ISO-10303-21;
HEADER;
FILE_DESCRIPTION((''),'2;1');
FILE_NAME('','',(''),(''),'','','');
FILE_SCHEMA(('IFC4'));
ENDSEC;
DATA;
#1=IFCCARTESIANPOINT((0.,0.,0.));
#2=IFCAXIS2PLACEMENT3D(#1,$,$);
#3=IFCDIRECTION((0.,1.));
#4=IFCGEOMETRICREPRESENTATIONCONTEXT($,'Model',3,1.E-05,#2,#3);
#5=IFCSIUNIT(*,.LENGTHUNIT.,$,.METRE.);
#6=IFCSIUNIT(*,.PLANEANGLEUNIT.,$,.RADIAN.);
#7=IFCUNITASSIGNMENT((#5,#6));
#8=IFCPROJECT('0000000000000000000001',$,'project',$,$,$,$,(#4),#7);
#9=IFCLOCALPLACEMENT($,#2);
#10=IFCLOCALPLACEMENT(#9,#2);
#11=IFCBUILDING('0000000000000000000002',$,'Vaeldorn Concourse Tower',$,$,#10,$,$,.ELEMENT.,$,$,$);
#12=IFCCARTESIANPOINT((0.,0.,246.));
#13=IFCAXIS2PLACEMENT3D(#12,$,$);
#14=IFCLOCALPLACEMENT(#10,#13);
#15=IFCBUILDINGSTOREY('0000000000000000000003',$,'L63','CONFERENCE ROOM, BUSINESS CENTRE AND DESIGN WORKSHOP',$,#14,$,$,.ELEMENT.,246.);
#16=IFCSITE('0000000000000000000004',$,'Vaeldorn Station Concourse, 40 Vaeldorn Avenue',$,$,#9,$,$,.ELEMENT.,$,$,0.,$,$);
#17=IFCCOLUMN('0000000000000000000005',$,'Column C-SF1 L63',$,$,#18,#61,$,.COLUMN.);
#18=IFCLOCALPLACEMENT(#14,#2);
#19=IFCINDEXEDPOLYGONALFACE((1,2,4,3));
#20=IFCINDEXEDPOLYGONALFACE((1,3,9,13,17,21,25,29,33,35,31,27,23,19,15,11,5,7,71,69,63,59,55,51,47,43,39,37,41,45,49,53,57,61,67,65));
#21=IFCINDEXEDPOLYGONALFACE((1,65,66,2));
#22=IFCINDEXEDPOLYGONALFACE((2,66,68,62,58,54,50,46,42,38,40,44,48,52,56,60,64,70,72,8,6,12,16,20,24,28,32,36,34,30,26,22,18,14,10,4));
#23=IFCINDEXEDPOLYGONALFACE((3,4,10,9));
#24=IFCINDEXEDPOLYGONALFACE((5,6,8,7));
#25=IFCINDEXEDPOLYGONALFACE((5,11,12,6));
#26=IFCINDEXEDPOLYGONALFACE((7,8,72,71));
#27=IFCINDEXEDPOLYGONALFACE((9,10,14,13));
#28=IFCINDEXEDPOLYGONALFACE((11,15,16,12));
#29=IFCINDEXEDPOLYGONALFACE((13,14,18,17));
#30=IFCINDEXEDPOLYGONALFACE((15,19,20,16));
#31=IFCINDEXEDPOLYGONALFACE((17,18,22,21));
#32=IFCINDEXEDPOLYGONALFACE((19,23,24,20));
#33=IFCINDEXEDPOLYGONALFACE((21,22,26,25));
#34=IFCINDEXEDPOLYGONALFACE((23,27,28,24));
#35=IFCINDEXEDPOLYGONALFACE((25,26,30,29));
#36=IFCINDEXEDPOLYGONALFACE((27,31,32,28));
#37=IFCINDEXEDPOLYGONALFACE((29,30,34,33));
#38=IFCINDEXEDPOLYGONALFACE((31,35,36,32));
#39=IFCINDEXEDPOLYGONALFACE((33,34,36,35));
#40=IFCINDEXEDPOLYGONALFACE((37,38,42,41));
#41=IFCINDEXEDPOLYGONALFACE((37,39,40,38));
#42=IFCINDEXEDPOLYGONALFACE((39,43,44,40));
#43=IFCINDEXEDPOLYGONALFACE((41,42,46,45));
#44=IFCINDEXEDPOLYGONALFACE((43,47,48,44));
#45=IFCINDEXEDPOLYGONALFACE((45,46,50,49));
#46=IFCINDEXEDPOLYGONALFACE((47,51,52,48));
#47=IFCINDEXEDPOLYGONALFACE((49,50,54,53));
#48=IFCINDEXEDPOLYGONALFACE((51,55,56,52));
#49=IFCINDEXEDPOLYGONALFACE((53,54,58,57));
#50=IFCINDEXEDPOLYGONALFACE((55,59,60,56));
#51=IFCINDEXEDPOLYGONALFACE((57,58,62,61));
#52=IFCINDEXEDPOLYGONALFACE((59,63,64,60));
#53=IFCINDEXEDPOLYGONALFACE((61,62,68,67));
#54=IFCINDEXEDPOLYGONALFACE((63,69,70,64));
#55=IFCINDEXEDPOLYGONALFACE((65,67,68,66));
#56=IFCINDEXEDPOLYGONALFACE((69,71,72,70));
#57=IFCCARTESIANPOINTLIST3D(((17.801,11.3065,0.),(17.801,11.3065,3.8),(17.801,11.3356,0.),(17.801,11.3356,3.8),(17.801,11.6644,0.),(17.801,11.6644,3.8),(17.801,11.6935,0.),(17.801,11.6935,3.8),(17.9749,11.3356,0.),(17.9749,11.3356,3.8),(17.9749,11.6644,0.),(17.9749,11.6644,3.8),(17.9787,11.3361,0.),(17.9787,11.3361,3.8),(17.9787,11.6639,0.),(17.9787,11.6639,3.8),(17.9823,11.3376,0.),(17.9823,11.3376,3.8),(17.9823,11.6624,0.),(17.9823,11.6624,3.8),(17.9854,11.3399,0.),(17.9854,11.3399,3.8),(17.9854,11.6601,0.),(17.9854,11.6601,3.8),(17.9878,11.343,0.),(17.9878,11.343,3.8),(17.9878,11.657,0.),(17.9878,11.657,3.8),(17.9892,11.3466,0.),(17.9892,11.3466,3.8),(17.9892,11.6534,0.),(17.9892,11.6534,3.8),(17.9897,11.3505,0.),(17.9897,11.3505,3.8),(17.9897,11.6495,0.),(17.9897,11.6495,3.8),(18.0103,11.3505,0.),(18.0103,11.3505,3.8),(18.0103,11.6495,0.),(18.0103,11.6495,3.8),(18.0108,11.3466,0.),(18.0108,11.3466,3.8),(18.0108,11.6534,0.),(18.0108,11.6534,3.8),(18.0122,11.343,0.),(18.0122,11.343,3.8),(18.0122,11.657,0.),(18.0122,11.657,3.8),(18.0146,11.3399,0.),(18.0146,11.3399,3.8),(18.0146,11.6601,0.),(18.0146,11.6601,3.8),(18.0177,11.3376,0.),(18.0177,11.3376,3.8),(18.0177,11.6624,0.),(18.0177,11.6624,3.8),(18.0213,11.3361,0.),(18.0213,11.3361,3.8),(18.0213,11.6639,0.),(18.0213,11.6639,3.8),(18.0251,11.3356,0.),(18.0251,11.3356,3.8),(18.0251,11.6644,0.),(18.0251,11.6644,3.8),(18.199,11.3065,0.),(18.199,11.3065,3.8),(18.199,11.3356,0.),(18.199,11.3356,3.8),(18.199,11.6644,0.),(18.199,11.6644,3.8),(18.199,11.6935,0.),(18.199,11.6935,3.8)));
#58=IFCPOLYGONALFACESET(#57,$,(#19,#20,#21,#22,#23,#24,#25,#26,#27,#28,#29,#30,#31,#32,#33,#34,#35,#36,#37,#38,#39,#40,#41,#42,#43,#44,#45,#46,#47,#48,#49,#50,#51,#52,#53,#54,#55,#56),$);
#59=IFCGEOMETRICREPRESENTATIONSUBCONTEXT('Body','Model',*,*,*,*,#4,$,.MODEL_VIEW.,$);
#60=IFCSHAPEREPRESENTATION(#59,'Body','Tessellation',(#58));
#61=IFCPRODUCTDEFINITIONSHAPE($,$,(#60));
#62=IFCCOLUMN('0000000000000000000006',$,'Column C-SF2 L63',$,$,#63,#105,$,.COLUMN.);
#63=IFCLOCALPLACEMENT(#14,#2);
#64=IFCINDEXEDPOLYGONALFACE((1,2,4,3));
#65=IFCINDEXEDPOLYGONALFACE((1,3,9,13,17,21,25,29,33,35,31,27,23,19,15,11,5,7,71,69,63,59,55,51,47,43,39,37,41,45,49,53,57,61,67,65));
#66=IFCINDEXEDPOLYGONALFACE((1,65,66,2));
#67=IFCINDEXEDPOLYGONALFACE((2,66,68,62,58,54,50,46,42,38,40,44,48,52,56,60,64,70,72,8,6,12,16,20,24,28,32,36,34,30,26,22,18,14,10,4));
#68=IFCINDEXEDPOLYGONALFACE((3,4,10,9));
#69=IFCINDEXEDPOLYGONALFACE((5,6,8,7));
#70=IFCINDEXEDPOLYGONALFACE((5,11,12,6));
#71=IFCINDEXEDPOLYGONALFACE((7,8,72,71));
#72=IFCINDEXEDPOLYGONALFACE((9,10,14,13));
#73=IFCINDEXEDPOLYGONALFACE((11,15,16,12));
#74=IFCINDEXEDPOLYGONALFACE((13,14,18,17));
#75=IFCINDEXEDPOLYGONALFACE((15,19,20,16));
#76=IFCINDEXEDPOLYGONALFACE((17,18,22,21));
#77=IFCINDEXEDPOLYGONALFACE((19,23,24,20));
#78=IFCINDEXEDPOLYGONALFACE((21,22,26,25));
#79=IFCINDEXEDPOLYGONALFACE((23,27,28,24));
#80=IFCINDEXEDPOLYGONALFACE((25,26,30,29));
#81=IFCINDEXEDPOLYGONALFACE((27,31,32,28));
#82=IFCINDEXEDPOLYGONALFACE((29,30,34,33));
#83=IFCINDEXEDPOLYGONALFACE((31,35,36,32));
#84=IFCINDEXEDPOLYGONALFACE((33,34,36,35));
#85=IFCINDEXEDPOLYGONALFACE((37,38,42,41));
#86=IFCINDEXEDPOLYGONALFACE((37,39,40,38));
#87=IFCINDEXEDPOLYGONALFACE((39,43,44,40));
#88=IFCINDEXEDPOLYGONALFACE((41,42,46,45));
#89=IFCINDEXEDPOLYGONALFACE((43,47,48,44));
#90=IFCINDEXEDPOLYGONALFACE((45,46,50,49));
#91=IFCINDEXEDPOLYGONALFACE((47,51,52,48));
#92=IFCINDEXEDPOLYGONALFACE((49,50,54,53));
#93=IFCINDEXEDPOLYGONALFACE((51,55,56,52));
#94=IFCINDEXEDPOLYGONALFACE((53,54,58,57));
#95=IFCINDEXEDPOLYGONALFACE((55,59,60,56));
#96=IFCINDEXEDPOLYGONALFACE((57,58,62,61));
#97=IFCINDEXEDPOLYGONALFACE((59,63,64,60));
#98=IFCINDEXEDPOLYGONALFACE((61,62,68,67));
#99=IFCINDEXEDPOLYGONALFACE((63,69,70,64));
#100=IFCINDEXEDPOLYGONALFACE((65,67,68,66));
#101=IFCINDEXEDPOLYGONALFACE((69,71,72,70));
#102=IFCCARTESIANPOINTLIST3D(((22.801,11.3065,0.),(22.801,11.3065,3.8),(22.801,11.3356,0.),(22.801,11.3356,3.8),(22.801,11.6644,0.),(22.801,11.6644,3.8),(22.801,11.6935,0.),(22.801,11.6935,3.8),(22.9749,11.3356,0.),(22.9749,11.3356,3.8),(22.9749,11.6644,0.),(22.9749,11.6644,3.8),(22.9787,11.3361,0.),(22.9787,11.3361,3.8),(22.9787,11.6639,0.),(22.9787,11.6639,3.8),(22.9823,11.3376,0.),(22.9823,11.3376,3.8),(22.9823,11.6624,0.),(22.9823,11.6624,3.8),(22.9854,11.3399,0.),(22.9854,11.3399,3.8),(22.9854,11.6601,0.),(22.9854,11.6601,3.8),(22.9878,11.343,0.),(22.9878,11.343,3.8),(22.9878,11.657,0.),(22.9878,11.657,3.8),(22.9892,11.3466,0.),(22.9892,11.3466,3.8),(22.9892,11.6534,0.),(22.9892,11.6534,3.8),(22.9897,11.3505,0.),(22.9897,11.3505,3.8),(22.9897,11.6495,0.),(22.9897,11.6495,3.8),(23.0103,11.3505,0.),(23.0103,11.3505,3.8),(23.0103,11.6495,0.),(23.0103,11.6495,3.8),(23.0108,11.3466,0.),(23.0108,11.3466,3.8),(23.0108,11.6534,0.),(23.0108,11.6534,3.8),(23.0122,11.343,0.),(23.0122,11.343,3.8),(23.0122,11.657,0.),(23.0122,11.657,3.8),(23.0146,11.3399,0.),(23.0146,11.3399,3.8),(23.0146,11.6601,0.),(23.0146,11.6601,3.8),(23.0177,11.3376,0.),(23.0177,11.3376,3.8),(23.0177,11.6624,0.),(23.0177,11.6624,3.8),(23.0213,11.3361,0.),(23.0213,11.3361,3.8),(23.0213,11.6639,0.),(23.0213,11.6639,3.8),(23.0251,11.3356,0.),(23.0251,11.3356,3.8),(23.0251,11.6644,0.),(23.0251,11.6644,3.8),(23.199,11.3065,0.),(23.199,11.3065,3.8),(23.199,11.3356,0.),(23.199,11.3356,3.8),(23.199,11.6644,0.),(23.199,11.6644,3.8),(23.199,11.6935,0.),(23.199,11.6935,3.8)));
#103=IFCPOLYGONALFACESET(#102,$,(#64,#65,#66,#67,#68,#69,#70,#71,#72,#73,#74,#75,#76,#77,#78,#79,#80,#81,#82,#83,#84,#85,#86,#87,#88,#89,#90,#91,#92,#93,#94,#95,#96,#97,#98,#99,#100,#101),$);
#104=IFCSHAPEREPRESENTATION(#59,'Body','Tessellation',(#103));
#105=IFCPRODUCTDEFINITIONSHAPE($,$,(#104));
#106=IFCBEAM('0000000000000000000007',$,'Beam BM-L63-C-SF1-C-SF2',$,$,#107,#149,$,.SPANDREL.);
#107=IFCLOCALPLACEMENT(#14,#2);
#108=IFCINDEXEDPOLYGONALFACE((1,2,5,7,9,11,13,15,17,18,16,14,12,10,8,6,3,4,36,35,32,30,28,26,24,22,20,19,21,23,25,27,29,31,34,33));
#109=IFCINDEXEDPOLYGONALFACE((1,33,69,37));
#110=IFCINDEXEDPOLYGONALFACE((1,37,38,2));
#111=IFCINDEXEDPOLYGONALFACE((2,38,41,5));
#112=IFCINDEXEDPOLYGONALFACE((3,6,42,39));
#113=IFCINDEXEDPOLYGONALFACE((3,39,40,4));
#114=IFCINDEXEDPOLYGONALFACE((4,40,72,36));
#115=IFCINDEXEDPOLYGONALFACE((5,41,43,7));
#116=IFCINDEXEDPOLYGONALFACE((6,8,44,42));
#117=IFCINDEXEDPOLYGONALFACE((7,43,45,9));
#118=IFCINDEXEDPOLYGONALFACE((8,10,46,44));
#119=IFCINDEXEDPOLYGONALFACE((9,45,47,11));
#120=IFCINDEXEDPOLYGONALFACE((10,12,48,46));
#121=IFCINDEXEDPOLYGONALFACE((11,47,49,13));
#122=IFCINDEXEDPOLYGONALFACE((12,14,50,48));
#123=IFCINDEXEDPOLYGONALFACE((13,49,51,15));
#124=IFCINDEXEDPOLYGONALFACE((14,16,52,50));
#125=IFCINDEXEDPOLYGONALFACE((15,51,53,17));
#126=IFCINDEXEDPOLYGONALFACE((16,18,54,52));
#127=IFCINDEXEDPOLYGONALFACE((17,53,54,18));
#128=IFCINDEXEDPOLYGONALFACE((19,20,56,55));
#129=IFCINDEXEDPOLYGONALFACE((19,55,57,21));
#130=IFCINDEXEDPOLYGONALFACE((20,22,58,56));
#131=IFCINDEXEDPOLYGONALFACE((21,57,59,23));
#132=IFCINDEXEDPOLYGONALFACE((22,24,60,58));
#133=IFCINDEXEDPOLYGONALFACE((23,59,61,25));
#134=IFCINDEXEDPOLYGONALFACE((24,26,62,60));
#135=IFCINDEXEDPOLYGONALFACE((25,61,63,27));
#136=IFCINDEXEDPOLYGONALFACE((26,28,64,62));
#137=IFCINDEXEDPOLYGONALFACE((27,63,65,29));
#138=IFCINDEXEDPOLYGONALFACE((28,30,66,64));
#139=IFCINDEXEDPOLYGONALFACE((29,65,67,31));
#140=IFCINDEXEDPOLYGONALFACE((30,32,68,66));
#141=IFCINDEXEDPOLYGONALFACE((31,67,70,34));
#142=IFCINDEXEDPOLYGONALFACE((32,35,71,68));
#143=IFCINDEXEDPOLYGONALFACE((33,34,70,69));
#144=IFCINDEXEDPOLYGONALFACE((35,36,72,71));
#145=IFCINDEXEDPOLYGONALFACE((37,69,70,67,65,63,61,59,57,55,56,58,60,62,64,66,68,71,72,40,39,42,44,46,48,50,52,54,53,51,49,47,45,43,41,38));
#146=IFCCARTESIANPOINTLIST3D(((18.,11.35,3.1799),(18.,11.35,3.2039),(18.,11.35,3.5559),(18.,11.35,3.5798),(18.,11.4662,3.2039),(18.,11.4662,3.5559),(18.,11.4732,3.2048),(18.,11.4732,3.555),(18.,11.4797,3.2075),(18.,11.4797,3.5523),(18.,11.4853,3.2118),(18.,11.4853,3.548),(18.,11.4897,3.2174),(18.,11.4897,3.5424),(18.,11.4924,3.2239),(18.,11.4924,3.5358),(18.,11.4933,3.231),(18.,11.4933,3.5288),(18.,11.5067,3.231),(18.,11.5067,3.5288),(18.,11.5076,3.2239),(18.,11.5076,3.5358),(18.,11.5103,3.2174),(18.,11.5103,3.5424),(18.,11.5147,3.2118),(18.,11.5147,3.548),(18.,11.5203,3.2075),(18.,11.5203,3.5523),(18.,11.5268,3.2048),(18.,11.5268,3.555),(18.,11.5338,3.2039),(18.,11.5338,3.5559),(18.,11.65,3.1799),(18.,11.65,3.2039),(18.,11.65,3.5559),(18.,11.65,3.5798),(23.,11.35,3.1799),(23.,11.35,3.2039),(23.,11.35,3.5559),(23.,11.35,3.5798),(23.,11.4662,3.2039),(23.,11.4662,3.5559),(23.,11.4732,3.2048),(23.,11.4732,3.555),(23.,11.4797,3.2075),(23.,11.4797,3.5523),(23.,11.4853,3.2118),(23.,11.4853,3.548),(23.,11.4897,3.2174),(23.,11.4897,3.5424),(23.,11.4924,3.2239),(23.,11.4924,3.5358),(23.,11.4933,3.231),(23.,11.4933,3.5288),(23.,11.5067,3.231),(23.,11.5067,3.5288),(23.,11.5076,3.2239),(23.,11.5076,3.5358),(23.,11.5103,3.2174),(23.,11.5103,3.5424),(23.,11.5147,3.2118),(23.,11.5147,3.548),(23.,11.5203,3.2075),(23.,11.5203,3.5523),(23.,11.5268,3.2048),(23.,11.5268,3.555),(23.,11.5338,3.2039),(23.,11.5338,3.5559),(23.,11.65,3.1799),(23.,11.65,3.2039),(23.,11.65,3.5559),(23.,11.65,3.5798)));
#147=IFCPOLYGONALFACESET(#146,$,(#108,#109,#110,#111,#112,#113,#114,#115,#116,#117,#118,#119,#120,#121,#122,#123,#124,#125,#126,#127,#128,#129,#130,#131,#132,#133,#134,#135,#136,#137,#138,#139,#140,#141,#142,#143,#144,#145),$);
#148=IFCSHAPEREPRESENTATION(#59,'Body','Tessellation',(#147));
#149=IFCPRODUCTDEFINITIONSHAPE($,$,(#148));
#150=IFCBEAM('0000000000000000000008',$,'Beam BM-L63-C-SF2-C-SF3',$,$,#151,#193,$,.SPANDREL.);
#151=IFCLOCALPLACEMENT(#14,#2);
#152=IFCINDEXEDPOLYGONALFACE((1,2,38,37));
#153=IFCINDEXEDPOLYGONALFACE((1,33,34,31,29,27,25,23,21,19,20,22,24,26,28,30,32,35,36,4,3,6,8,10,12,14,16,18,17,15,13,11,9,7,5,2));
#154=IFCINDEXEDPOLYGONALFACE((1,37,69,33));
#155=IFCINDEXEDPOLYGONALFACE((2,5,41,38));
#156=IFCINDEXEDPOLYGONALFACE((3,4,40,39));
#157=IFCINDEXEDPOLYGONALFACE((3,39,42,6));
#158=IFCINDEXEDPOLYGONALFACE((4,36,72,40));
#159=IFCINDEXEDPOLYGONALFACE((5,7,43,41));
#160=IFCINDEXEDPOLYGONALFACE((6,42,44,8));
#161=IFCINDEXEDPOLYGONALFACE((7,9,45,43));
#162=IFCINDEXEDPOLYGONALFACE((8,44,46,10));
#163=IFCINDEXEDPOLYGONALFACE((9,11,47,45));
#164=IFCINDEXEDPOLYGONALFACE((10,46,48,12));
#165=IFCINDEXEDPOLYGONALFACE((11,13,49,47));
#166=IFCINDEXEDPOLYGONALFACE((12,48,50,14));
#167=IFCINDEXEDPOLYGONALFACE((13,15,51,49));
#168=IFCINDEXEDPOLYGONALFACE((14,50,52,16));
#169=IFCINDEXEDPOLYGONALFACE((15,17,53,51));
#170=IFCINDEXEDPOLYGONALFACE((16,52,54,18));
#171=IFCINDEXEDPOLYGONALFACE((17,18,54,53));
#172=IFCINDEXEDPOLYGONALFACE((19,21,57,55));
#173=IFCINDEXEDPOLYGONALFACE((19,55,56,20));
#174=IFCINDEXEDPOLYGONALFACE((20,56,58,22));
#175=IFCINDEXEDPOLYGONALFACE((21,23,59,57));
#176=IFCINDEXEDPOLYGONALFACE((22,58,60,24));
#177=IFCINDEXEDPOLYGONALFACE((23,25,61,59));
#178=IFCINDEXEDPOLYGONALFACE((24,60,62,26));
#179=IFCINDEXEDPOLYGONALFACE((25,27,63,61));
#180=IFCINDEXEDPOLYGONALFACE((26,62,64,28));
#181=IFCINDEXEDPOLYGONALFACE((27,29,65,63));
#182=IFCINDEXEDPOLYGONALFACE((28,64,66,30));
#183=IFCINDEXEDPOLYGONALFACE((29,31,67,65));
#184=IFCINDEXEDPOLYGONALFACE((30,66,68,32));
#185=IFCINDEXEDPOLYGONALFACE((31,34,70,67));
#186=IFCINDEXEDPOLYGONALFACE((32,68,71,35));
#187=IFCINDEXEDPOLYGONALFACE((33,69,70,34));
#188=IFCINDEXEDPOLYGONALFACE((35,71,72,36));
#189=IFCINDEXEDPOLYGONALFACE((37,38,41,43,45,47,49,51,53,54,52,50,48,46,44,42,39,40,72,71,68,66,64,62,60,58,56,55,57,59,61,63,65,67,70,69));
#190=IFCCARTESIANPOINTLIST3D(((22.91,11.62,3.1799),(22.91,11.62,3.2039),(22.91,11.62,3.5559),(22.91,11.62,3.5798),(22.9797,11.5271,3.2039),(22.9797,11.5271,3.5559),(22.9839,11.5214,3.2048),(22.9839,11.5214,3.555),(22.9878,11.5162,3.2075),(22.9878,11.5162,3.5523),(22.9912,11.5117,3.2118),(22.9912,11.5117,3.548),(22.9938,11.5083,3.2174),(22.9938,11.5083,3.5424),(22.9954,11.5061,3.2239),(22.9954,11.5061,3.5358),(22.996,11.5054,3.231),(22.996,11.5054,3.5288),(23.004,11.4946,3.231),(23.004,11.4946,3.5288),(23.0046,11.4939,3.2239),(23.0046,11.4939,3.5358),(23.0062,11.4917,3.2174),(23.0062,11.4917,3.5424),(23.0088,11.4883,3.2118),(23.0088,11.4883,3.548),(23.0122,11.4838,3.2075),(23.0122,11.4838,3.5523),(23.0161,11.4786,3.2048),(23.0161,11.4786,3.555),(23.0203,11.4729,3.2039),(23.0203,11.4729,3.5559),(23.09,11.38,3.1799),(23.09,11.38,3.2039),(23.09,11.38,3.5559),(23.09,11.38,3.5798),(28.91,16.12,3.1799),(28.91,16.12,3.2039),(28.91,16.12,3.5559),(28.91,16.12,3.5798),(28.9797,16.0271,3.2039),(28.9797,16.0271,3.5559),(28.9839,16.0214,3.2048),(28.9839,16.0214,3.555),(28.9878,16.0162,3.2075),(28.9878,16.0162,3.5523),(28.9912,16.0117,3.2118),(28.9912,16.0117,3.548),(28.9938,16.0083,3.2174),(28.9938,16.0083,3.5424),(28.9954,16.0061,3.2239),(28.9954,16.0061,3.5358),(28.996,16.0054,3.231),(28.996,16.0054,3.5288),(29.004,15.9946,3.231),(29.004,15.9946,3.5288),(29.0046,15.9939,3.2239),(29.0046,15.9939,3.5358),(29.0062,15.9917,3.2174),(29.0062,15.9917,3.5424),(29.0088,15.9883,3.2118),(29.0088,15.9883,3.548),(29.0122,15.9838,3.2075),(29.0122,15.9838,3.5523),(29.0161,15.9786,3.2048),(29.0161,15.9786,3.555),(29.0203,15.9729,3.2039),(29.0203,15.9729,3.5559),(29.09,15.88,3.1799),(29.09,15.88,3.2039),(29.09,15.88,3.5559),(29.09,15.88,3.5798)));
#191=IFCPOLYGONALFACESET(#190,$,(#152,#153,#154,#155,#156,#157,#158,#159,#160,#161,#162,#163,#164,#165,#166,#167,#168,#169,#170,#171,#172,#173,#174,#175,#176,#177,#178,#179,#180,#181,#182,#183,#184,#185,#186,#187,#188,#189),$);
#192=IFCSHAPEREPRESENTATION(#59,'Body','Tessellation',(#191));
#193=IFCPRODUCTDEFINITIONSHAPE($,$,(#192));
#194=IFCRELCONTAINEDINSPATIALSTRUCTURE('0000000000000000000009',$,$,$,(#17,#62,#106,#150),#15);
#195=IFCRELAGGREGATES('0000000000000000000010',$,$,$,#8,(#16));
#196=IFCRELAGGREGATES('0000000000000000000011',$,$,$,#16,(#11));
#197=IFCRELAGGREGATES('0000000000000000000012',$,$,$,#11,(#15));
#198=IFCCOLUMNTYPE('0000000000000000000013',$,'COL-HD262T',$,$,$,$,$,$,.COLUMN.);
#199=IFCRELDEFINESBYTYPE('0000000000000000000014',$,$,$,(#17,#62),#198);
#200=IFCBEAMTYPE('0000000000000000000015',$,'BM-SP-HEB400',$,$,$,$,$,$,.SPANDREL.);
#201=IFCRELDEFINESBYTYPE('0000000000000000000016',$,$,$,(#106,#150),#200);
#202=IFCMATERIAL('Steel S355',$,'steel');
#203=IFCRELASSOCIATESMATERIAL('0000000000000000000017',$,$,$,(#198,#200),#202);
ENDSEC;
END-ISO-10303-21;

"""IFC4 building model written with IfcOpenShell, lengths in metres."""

from ifc_helpers import new_model, si_unit, direction, frame, origin, origin_2d, place, context, subcontext, project, spatial, i_section, extrude, source, transform, mapped, material, material_profile, profile_set, type_object, element, save


model = new_model("IFC4")

# Units and contexts
model_context = context("Model", 3, precision=1e-05, world=origin(), true_north=direction((0.0, 1.0)))
body_context = subcontext(model_context, "Body", "Model", "MODEL_VIEW")
ifc_project = project(units=[si_unit("LENGTHUNIT", "METRE"), si_unit("PLANEANGLEUNIT", "RADIAN")], contexts=[model_context])

# Site, building, storey
site_placement = place(None, origin())
site = spatial("IfcSite", under=ifc_project, at=site_placement, Name="Vaeldorn Station Concourse, 40 Vaeldorn Avenue", CompositionType="ELEMENT", RefElevation=0.0)
building_placement = place(site_placement, origin())
building = spatial("IfcBuilding", under=site, at=building_placement, Name="Vaeldorn Concourse Tower", CompositionType="ELEMENT")
storey_placement = place(building_placement, frame((0.0, 0.0, 246.0)))
storey = spatial("IfcBuildingStorey", under=building, at=storey_placement, Name="L63", Description="CONFERENCE ROOM, BUSINESS CENTRE AND DESIGN WORKSHOP", CompositionType="ELEMENT", Elevation=246.0)

# Columns
ifc_material_1 = material(Name="Steel S355", Category="steel")
ifc_material_profile_1 = material_profile(ifc_material_1, i_section(OverallWidth=0.3979, OverallDepth=0.387, WebThickness=0.0205, FlangeThickness=0.0291, FilletRadius=0.0149, at=origin_2d()), Name="HD 400x262")
ifc_profile_set_1 = profile_set([ifc_material_profile_1], Name="Steel S355")
column_type = type_object("IfcColumnType", Name="COL-HD262T", PredefinedType="COLUMN", material=ifc_profile_set_1)
shared_shape_1 = source(origin(), body_context, "Body", "SweptSolid", [
    extrude(i_section(OverallWidth=0.3979, OverallDepth=0.387, WebThickness=0.0205, FlangeThickness=0.0291, FilletRadius=0.0149, at=origin_2d()), origin(), (0.0, 0.0, 1.0), 3.8),
])
for number, where, z_axis, x_axis, name in (
    (1, (18.0, 11.5, 0.0), (0.0, 0.0, 1.0), (1.0, 0.0, 0.0), "Column C-SF1 L63"),
    (2, (23.0, 11.5, 0.0), (0.0, 0.0, 1.0), (1.0, 0.0, 0.0), "Column C-SF2 L63"),
):
    element("IfcColumn", number, at=place(storey_placement, frame(where, z_axis=z_axis, x_axis=x_axis)), inside=storey, type_object=column_type, Name=name, PredefinedType="COLUMN", context=body_context, shape_type="MappedRepresentation", body=[
        mapped(shared_shape_1, transform((0.0, 0.0, 0.0), scale=1.0)),
    ])

# Beams
ifc_material_profile_2 = material_profile(ifc_material_1, i_section(OverallWidth=0.3, OverallDepth=0.3999, WebThickness=0.0134, FlangeThickness=0.0239, FilletRadius=0.0271, at=origin_2d()), Name="HEB 400")
ifc_profile_set_2 = profile_set([ifc_material_profile_2], Name="Steel S355")
beam_type_1 = type_object("IfcBeamType", Name="BM-SP-HEB400", PredefinedType="SPANDREL", material=ifc_profile_set_2)
shared_shape_2 = source(origin(), body_context, "Body", "SweptSolid", [
    extrude(i_section(OverallWidth=0.3, OverallDepth=0.3999, WebThickness=0.0134, FlangeThickness=0.0239, FilletRadius=0.0271, at=origin_2d()), origin(), (0.0, 0.0, 1.0), 5.0),
])
beam_1_placement = place(storey_placement, frame((18.0, 11.5, 3.3799), z_axis=(1.0, 0.0, 0.0), x_axis=(0.0, 1.0, 0.0)))
element("IfcBeam", 3, at=beam_1_placement, inside=storey, type_object=beam_type_1, Name="Beam BM-L63-C-SF1-C-SF2", PredefinedType="SPANDREL", context=body_context, shape_type="MappedRepresentation", body=[
    mapped(shared_shape_2, transform((0.0, 0.0, 0.0), scale=1.0)),
])
shared_shape_3 = source(origin(), body_context, "Body", "SweptSolid", [
    extrude(i_section(OverallWidth=0.3, OverallDepth=0.3999, WebThickness=0.0134, FlangeThickness=0.0239, FilletRadius=0.0271, at=origin_2d()), origin(), (0.0, 0.0, 1.0), 7.5),
])
beam_2_placement = place(storey_placement, frame((23.0, 11.5, 3.3799), z_axis=(0.8, 0.6, 0.0), x_axis=(-0.6, 0.8, 0.0)))
element("IfcBeam", 4, at=beam_2_placement, inside=storey, type_object=beam_type_1, Name="Beam BM-L63-C-SF2-C-SF3", PredefinedType="SPANDREL", context=body_context, shape_type="MappedRepresentation", body=[
    mapped(shared_shape_3, transform((0.0, 0.0, 0.0), scale=1.0)),
])

save(model, "model.ifc")
